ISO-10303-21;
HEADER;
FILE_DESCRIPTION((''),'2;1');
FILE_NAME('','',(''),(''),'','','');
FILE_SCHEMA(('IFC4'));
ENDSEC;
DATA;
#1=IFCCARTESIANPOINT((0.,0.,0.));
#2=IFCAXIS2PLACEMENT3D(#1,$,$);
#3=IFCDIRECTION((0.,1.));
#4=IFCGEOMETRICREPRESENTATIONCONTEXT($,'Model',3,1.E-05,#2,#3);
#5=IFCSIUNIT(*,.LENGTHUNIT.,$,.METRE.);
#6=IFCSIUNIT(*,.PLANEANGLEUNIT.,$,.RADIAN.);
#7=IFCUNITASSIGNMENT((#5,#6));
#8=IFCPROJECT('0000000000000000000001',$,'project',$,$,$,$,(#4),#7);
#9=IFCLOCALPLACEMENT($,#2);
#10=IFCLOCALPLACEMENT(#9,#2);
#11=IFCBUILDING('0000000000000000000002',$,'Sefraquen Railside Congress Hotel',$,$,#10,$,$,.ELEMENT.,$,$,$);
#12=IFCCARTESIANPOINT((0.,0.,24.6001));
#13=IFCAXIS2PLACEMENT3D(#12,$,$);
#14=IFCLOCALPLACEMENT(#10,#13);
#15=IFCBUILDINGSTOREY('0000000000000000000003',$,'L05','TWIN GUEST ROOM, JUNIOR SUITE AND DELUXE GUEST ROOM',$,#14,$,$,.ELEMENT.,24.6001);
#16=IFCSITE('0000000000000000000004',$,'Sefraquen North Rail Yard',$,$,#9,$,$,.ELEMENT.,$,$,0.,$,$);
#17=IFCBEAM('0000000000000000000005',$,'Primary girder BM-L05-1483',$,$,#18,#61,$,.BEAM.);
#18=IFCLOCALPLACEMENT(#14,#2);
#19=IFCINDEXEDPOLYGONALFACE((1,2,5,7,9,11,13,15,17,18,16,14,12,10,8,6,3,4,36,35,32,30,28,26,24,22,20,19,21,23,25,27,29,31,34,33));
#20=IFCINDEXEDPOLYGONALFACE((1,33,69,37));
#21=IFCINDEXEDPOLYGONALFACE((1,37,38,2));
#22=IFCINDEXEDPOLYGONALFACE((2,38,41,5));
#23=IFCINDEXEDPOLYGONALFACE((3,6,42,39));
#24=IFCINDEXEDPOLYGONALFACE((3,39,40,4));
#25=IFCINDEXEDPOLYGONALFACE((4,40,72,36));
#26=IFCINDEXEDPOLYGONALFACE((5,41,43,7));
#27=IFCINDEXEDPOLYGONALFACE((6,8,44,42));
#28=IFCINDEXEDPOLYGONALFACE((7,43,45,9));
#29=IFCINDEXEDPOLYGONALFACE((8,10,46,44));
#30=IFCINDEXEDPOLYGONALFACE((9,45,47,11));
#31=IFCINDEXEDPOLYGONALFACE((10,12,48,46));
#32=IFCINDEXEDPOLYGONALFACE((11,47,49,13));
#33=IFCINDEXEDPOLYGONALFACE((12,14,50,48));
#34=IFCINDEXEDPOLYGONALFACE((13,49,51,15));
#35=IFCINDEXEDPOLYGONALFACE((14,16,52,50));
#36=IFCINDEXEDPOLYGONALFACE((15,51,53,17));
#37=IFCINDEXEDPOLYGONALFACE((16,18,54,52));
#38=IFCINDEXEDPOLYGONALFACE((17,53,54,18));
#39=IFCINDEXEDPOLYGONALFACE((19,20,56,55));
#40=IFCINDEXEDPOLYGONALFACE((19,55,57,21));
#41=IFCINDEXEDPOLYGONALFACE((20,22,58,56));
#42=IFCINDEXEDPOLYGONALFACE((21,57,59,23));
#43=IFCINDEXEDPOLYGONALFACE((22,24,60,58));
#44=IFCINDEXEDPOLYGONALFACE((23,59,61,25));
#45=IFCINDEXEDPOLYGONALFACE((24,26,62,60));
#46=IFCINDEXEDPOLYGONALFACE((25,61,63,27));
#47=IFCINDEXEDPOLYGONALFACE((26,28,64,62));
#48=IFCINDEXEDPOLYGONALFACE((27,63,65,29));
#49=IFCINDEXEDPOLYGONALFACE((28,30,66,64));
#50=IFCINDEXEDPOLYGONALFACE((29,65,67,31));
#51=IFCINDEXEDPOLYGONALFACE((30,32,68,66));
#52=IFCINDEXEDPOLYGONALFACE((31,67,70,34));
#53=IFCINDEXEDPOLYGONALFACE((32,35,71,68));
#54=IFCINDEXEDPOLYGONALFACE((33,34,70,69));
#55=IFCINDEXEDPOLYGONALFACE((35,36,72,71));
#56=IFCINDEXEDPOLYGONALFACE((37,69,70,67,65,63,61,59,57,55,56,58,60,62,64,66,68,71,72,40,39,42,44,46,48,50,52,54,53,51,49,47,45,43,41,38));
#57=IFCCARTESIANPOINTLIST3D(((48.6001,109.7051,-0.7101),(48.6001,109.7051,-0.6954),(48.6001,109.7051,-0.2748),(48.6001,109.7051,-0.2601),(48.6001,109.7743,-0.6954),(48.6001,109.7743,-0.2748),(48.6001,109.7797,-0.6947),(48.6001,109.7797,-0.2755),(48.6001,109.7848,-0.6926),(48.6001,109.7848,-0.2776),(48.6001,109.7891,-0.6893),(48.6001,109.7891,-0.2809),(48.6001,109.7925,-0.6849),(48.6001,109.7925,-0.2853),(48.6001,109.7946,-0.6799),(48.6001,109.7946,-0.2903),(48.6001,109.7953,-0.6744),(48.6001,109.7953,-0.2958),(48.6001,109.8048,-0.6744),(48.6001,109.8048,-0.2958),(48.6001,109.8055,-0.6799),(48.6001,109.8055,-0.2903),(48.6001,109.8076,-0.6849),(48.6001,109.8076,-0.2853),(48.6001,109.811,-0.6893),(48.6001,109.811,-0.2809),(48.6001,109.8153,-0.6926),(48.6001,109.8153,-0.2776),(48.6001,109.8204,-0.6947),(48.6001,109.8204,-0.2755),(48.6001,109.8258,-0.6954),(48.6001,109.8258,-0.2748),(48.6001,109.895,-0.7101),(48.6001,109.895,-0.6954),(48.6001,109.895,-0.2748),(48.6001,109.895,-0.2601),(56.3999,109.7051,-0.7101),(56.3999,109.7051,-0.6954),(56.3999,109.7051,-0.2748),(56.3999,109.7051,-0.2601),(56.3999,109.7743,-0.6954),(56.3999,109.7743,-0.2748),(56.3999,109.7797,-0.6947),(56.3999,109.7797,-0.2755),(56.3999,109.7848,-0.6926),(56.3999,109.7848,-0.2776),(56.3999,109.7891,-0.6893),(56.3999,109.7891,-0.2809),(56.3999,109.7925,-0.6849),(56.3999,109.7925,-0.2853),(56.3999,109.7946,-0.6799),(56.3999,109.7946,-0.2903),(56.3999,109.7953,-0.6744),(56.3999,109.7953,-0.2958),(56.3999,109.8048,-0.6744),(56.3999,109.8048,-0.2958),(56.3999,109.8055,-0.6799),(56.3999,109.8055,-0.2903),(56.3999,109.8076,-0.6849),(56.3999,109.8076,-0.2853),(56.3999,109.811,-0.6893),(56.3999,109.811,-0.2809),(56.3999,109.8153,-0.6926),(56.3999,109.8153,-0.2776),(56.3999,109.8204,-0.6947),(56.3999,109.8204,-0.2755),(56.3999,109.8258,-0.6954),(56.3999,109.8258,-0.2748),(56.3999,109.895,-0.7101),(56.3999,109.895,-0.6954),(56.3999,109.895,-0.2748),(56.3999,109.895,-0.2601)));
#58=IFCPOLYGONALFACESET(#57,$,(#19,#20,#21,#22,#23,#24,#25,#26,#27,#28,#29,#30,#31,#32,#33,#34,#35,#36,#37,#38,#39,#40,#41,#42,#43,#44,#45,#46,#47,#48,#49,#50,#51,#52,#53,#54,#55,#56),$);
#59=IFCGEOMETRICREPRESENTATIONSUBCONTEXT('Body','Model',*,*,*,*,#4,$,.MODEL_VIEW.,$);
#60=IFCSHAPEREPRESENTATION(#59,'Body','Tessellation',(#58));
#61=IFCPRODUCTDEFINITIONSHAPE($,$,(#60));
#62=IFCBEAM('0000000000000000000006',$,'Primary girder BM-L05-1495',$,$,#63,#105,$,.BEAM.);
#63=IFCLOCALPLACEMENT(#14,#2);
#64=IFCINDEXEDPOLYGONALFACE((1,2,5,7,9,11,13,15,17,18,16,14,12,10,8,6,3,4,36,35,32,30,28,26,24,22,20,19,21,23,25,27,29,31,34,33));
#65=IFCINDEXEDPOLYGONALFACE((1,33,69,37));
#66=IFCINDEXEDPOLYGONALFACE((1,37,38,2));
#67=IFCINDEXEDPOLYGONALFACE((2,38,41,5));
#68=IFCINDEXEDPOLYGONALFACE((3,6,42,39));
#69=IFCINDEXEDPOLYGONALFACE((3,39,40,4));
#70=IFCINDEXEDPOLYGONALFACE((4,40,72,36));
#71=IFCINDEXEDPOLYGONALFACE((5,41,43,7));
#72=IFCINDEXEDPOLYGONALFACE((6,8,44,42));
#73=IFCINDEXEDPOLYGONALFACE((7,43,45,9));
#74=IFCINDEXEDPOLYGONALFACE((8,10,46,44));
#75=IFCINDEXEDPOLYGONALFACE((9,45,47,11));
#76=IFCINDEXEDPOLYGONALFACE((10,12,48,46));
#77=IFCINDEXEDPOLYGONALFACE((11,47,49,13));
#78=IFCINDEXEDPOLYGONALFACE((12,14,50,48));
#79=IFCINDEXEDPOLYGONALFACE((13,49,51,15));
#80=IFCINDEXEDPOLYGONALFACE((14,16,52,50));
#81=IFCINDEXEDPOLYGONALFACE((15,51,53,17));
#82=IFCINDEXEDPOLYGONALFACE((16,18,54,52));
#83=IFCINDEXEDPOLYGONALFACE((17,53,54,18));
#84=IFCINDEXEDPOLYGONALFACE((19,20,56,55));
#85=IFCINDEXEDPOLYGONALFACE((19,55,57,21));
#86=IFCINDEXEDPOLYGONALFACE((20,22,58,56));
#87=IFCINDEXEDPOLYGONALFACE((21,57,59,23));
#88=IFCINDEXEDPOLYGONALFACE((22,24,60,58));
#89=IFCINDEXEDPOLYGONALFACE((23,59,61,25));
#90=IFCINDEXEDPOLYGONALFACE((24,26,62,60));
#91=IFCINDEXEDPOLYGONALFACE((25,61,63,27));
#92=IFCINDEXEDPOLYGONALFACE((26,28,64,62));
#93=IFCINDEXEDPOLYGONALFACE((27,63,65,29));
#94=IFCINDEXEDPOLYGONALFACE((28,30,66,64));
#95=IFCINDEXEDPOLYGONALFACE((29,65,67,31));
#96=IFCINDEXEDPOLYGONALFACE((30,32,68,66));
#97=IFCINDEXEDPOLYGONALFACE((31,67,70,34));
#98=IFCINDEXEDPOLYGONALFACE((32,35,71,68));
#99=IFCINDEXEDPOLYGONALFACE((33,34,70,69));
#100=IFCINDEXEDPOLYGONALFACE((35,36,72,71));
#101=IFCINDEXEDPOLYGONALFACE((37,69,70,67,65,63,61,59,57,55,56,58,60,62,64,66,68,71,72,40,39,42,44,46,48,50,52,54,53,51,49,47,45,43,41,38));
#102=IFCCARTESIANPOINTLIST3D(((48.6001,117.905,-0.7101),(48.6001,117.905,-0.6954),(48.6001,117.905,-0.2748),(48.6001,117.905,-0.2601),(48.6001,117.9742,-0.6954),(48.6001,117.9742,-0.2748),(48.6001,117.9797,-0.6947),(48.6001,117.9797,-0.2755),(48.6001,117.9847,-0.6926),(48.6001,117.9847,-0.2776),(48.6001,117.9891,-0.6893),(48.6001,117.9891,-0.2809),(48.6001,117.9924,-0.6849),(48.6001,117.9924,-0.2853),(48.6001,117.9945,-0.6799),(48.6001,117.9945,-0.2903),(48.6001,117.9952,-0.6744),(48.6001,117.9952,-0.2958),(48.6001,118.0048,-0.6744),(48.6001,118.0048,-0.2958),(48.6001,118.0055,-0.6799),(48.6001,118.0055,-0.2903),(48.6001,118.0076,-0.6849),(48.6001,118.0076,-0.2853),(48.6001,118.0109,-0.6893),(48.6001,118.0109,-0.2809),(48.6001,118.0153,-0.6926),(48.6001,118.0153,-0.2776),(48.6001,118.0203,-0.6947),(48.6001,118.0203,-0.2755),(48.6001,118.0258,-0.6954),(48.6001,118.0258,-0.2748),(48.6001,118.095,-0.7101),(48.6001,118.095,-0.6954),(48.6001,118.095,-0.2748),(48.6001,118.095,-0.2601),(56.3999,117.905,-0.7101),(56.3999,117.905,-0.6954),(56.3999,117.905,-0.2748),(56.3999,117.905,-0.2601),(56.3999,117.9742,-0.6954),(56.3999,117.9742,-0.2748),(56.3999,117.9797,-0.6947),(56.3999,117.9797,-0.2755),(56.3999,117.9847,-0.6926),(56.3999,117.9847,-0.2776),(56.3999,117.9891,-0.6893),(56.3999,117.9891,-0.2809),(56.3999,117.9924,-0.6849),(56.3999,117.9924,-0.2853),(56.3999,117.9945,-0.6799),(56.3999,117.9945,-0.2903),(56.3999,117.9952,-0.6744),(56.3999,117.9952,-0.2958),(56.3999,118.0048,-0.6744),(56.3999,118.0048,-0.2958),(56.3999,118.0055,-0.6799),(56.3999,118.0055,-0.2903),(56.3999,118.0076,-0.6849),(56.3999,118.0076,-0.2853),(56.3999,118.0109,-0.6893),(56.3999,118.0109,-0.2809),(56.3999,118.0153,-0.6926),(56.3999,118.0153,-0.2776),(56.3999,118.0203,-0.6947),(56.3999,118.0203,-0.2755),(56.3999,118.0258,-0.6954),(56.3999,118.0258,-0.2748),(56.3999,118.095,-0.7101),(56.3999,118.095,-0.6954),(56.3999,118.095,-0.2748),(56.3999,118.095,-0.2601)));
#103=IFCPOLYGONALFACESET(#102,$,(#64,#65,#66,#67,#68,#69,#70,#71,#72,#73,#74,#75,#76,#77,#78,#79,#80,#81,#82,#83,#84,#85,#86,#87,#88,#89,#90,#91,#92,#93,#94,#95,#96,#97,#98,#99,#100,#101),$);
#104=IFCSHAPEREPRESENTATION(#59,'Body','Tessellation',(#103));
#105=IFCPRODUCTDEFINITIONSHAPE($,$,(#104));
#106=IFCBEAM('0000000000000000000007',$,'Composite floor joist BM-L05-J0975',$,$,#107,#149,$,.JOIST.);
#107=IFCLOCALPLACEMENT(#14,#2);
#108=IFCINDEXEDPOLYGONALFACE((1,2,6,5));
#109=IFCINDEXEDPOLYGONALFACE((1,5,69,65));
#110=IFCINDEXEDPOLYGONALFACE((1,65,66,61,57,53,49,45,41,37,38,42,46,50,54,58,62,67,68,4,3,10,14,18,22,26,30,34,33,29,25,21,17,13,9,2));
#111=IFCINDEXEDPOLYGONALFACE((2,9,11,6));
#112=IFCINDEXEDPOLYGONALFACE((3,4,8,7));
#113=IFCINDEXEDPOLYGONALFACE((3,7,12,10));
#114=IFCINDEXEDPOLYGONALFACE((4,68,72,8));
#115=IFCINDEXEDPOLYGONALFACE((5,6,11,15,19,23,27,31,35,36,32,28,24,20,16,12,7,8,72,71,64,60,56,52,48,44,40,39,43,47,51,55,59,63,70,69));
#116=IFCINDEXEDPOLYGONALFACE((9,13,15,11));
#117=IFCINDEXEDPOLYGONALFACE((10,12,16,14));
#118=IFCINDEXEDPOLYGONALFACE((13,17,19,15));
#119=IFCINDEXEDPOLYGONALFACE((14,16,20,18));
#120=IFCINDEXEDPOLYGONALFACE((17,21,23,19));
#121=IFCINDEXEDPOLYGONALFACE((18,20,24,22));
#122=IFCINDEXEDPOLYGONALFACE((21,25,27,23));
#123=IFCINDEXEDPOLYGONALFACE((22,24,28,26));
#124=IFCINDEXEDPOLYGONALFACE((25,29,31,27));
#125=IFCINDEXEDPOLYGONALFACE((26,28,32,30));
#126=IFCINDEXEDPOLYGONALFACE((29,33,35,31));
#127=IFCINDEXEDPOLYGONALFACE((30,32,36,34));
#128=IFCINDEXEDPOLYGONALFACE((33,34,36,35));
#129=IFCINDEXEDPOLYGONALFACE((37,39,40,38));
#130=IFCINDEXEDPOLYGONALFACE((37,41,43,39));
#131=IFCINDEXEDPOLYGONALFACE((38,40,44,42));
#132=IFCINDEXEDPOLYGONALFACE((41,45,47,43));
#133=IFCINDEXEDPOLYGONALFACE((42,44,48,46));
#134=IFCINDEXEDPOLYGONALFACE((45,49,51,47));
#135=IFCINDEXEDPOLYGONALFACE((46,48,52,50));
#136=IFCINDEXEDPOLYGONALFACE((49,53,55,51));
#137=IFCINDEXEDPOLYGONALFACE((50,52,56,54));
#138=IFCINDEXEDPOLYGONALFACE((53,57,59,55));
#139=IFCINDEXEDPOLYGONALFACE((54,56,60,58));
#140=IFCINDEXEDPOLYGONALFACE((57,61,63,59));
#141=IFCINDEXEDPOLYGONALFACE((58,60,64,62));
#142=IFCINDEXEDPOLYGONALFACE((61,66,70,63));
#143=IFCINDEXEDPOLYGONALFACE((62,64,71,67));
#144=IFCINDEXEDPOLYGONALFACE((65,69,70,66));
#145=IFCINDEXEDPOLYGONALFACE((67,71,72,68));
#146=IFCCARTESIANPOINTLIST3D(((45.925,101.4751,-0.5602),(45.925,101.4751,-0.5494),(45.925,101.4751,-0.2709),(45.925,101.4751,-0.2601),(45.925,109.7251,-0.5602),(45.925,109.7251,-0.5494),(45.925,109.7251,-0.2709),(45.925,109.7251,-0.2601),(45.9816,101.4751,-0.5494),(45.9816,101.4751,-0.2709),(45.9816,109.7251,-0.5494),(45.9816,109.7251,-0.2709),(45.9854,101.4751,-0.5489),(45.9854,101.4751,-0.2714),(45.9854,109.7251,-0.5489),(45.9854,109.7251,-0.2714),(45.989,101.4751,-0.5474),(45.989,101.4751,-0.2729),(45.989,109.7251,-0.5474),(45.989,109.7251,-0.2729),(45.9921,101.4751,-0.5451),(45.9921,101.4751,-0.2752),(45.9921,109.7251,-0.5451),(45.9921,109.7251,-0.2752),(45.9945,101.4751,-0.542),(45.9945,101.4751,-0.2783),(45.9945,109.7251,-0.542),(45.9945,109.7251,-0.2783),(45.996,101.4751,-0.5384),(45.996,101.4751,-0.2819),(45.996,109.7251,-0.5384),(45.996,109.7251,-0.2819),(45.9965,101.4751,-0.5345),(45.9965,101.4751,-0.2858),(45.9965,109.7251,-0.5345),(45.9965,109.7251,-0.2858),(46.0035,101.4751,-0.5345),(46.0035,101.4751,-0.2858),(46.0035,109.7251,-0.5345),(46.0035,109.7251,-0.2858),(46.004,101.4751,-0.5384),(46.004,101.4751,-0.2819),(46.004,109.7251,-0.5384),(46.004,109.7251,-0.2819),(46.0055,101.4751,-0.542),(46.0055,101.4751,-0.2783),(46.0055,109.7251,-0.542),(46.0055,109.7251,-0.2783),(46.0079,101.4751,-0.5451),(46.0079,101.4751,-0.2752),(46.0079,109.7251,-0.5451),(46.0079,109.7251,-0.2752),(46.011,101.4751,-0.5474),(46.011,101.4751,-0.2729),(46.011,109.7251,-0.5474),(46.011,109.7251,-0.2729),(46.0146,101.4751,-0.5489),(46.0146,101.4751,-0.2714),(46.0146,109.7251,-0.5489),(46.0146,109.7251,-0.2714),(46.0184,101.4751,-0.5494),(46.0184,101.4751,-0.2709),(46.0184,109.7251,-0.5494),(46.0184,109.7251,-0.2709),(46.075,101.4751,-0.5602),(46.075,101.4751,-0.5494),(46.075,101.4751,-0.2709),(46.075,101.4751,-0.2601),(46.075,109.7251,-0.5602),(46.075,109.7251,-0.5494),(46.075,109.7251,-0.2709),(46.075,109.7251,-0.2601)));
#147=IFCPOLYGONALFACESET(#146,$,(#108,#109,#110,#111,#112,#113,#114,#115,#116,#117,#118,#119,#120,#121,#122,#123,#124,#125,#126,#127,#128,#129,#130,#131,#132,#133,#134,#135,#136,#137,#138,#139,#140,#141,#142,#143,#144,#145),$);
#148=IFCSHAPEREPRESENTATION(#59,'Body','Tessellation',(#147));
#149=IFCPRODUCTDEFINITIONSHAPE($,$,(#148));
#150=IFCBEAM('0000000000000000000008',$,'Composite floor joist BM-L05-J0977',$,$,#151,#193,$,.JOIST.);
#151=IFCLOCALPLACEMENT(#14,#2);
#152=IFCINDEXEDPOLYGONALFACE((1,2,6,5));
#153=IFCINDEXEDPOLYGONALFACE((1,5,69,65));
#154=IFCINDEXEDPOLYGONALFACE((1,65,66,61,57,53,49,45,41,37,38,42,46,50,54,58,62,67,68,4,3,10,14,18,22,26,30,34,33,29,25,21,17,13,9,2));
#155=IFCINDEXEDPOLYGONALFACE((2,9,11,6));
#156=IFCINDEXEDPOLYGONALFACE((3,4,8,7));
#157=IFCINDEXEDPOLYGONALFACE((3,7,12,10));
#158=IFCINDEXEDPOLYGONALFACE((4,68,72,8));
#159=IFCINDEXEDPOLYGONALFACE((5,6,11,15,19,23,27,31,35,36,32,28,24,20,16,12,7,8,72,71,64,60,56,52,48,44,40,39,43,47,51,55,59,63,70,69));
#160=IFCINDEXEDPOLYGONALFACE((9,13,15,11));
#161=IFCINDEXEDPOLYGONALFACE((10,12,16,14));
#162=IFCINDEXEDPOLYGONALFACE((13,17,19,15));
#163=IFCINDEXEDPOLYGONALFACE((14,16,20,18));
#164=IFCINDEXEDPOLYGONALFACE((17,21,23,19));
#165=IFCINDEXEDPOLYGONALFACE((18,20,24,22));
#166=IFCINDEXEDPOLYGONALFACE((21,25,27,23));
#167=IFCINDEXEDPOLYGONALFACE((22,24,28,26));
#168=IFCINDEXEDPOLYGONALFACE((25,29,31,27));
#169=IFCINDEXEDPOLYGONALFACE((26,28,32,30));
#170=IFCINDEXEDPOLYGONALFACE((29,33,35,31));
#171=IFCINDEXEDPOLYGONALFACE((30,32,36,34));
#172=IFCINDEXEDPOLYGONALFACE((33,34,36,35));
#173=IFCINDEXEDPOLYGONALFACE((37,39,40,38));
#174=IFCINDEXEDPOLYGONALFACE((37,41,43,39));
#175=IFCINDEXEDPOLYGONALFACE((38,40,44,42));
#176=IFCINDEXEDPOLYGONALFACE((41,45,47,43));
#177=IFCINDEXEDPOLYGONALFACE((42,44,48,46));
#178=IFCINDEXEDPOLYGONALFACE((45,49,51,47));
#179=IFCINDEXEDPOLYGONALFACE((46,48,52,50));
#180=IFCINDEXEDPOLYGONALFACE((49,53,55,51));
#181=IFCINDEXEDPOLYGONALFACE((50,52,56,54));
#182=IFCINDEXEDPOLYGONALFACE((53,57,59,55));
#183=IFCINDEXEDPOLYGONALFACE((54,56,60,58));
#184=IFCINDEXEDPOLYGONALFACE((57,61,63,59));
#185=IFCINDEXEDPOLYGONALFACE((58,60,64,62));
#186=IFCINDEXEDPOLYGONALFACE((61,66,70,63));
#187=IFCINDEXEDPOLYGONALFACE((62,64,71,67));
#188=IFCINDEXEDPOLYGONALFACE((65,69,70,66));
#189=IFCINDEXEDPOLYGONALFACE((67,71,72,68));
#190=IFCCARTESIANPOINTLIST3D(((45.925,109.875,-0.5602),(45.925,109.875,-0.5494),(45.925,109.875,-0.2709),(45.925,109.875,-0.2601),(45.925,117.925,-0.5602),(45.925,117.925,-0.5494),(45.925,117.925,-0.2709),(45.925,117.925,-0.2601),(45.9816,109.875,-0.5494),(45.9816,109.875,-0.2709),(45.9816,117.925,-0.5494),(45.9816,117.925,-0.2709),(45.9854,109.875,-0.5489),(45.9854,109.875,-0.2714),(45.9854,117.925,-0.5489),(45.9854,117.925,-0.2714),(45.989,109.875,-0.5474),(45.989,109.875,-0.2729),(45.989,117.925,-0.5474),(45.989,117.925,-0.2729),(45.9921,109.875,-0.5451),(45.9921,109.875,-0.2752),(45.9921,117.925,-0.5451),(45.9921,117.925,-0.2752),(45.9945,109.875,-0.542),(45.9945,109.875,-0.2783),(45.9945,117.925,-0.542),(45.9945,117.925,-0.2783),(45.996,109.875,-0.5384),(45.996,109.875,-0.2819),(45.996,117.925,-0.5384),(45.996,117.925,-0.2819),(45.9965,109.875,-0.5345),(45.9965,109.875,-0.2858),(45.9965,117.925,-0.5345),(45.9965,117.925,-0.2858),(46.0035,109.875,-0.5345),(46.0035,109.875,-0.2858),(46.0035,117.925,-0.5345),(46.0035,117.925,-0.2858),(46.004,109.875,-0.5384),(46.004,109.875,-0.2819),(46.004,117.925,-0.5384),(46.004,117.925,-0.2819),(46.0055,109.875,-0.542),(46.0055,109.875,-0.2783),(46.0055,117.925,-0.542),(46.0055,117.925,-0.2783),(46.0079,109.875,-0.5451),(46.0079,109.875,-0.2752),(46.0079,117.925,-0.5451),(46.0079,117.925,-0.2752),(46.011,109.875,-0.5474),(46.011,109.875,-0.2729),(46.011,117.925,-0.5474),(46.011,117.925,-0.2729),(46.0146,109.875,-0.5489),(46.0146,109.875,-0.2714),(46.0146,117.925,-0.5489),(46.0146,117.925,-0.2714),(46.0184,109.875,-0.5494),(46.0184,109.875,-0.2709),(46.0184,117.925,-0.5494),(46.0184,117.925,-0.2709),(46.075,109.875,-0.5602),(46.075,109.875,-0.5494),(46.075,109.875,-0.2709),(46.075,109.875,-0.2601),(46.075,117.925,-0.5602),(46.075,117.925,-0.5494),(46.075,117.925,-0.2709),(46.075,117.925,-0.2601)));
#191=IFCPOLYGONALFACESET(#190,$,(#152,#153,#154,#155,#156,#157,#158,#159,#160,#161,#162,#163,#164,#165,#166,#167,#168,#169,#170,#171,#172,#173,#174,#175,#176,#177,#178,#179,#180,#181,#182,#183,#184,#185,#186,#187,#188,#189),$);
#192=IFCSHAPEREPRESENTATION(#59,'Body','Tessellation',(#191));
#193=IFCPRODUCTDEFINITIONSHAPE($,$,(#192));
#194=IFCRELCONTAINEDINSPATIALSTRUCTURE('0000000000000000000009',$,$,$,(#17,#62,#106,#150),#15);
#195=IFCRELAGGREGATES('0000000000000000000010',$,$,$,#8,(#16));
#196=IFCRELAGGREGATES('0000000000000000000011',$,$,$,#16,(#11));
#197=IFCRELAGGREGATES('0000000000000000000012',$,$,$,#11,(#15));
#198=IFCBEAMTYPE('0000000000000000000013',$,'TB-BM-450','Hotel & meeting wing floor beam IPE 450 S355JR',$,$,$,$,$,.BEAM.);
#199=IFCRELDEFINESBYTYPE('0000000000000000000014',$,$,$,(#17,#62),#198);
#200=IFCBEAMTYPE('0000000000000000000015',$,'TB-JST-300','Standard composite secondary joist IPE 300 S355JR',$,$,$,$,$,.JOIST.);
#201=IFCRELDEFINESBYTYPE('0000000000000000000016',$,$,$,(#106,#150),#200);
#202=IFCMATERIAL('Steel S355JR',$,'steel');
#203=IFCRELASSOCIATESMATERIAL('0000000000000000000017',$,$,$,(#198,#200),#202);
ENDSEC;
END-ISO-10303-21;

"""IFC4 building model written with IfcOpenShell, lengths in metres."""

from ifc_helpers import new_model, si_unit, direction, frame, origin, origin_2d, place, context, subcontext, project, spatial, i_section, extrude, material, material_profile, profile_set, type_object, element, save


model = new_model("IFC4")

# Units and contexts
model_context = context("Model", 3, precision=1e-05, world=origin(), true_north=direction((0.0, 1.0)))
body_context = subcontext(model_context, "Body", "Model", "MODEL_VIEW")
ifc_project = project(units=[si_unit("LENGTHUNIT", "METRE"), si_unit("PLANEANGLEUNIT", "RADIAN")], contexts=[model_context])

# Site, building, storey
site_placement = place(None, origin())
site = spatial("IfcSite", under=ifc_project, at=site_placement, Name="Sefraquen North Rail Yard", CompositionType="ELEMENT", RefElevation=0.0)
building_placement = place(site_placement, origin())
building = spatial("IfcBuilding", under=site, at=building_placement, Name="Sefraquen Railside Congress Hotel", CompositionType="ELEMENT")
storey_placement = place(building_placement, frame((0.0, 0.0, 24.6001)))
storey = spatial("IfcBuildingStorey", under=building, at=storey_placement, Name="L05", Description="TWIN GUEST ROOM, JUNIOR SUITE AND DELUXE GUEST ROOM", CompositionType="ELEMENT", Elevation=24.6001)

# Shared definitions
ifc_material_1 = material(Name="Steel S355JR", Category="steel")

# Beams
ifc_material_profile_1 = material_profile(ifc_material_1, i_section(OverallWidth=0.1899, OverallDepth=0.45, WebThickness=0.0095, FlangeThickness=0.0146, FilletRadius=0.021, at=origin_2d()), Name="IPE 450")
ifc_profile_set_1 = profile_set([ifc_material_profile_1], Name="Steel S355JR")
beam_type_1 = type_object("IfcBeamType", Name="TB-BM-450", Description="Hotel & meeting wing floor beam IPE 450 S355JR", PredefinedType="BEAM", material=ifc_profile_set_1)
for number, where, z_axis, x_axis, name in (
    (1, (48.6001, 109.8, -0.4851), (1.0, 0.0, 0.0), (0.0, 1.0, 0.0), "Primary girder BM-L05-1483"),
    (2, (48.6001, 118.0, -0.4851), (1.0, 0.0, 0.0), (0.0, 1.0, 0.0), "Primary girder BM-L05-1495"),
):
    element("IfcBeam", number, at=place(storey_placement, frame(where, z_axis=z_axis, x_axis=x_axis)), inside=storey, type_object=beam_type_1, Name=name, PredefinedType="BEAM", context=body_context, shape_type="SweptSolid", body=[
        extrude(i_section(OverallWidth=0.1899, OverallDepth=0.45, WebThickness=0.0095, FlangeThickness=0.0146, FilletRadius=0.021, at=origin_2d()), origin(), (0.0, 0.0, 1.0), 7.7998),
    ])
ifc_material_profile_2 = material_profile(ifc_material_1, i_section(OverallWidth=0.1499, OverallDepth=0.3, WebThickness=0.0071, FlangeThickness=0.0107, FilletRadius=0.0149, at=origin_2d()), Name="IPE 300")
ifc_profile_set_2 = profile_set([ifc_material_profile_2], Name="Steel S355JR")
beam_type_2 = type_object("IfcBeamType", Name="TB-JST-300", Description="Standard composite secondary joist IPE 300 S355JR", PredefinedType="JOIST", material=ifc_profile_set_2)
beam_1_placement = place(storey_placement, frame((46.0, 101.4751, -0.4102), z_axis=(0.0, 1.0, 0.0), x_axis=(-1.0, 0.0, 0.0)))
element("IfcBeam", 3, at=beam_1_placement, inside=storey, type_object=beam_type_2, Name="Composite floor joist BM-L05-J0975", PredefinedType="JOIST", context=body_context, shape_type="SweptSolid", body=[
    extrude(i_section(OverallWidth=0.1499, OverallDepth=0.3, WebThickness=0.0071, FlangeThickness=0.0107, FilletRadius=0.0149, at=origin_2d()), origin(), (0.0, 0.0, 1.0), 8.25),
])
beam_2_placement = place(storey_placement, frame((46.0, 109.875, -0.4102), z_axis=(0.0, 1.0, 0.0), x_axis=(-1.0, 0.0, 0.0)))
element("IfcBeam", 4, at=beam_2_placement, inside=storey, type_object=beam_type_2, Name="Composite floor joist BM-L05-J0977", PredefinedType="JOIST", context=body_context, shape_type="SweptSolid", body=[
    extrude(i_section(OverallWidth=0.1499, OverallDepth=0.3, WebThickness=0.0071, FlangeThickness=0.0107, FilletRadius=0.0149, at=origin_2d()), origin(), (0.0, 0.0, 1.0), 8.05),
])

save(model, "model.ifc")
